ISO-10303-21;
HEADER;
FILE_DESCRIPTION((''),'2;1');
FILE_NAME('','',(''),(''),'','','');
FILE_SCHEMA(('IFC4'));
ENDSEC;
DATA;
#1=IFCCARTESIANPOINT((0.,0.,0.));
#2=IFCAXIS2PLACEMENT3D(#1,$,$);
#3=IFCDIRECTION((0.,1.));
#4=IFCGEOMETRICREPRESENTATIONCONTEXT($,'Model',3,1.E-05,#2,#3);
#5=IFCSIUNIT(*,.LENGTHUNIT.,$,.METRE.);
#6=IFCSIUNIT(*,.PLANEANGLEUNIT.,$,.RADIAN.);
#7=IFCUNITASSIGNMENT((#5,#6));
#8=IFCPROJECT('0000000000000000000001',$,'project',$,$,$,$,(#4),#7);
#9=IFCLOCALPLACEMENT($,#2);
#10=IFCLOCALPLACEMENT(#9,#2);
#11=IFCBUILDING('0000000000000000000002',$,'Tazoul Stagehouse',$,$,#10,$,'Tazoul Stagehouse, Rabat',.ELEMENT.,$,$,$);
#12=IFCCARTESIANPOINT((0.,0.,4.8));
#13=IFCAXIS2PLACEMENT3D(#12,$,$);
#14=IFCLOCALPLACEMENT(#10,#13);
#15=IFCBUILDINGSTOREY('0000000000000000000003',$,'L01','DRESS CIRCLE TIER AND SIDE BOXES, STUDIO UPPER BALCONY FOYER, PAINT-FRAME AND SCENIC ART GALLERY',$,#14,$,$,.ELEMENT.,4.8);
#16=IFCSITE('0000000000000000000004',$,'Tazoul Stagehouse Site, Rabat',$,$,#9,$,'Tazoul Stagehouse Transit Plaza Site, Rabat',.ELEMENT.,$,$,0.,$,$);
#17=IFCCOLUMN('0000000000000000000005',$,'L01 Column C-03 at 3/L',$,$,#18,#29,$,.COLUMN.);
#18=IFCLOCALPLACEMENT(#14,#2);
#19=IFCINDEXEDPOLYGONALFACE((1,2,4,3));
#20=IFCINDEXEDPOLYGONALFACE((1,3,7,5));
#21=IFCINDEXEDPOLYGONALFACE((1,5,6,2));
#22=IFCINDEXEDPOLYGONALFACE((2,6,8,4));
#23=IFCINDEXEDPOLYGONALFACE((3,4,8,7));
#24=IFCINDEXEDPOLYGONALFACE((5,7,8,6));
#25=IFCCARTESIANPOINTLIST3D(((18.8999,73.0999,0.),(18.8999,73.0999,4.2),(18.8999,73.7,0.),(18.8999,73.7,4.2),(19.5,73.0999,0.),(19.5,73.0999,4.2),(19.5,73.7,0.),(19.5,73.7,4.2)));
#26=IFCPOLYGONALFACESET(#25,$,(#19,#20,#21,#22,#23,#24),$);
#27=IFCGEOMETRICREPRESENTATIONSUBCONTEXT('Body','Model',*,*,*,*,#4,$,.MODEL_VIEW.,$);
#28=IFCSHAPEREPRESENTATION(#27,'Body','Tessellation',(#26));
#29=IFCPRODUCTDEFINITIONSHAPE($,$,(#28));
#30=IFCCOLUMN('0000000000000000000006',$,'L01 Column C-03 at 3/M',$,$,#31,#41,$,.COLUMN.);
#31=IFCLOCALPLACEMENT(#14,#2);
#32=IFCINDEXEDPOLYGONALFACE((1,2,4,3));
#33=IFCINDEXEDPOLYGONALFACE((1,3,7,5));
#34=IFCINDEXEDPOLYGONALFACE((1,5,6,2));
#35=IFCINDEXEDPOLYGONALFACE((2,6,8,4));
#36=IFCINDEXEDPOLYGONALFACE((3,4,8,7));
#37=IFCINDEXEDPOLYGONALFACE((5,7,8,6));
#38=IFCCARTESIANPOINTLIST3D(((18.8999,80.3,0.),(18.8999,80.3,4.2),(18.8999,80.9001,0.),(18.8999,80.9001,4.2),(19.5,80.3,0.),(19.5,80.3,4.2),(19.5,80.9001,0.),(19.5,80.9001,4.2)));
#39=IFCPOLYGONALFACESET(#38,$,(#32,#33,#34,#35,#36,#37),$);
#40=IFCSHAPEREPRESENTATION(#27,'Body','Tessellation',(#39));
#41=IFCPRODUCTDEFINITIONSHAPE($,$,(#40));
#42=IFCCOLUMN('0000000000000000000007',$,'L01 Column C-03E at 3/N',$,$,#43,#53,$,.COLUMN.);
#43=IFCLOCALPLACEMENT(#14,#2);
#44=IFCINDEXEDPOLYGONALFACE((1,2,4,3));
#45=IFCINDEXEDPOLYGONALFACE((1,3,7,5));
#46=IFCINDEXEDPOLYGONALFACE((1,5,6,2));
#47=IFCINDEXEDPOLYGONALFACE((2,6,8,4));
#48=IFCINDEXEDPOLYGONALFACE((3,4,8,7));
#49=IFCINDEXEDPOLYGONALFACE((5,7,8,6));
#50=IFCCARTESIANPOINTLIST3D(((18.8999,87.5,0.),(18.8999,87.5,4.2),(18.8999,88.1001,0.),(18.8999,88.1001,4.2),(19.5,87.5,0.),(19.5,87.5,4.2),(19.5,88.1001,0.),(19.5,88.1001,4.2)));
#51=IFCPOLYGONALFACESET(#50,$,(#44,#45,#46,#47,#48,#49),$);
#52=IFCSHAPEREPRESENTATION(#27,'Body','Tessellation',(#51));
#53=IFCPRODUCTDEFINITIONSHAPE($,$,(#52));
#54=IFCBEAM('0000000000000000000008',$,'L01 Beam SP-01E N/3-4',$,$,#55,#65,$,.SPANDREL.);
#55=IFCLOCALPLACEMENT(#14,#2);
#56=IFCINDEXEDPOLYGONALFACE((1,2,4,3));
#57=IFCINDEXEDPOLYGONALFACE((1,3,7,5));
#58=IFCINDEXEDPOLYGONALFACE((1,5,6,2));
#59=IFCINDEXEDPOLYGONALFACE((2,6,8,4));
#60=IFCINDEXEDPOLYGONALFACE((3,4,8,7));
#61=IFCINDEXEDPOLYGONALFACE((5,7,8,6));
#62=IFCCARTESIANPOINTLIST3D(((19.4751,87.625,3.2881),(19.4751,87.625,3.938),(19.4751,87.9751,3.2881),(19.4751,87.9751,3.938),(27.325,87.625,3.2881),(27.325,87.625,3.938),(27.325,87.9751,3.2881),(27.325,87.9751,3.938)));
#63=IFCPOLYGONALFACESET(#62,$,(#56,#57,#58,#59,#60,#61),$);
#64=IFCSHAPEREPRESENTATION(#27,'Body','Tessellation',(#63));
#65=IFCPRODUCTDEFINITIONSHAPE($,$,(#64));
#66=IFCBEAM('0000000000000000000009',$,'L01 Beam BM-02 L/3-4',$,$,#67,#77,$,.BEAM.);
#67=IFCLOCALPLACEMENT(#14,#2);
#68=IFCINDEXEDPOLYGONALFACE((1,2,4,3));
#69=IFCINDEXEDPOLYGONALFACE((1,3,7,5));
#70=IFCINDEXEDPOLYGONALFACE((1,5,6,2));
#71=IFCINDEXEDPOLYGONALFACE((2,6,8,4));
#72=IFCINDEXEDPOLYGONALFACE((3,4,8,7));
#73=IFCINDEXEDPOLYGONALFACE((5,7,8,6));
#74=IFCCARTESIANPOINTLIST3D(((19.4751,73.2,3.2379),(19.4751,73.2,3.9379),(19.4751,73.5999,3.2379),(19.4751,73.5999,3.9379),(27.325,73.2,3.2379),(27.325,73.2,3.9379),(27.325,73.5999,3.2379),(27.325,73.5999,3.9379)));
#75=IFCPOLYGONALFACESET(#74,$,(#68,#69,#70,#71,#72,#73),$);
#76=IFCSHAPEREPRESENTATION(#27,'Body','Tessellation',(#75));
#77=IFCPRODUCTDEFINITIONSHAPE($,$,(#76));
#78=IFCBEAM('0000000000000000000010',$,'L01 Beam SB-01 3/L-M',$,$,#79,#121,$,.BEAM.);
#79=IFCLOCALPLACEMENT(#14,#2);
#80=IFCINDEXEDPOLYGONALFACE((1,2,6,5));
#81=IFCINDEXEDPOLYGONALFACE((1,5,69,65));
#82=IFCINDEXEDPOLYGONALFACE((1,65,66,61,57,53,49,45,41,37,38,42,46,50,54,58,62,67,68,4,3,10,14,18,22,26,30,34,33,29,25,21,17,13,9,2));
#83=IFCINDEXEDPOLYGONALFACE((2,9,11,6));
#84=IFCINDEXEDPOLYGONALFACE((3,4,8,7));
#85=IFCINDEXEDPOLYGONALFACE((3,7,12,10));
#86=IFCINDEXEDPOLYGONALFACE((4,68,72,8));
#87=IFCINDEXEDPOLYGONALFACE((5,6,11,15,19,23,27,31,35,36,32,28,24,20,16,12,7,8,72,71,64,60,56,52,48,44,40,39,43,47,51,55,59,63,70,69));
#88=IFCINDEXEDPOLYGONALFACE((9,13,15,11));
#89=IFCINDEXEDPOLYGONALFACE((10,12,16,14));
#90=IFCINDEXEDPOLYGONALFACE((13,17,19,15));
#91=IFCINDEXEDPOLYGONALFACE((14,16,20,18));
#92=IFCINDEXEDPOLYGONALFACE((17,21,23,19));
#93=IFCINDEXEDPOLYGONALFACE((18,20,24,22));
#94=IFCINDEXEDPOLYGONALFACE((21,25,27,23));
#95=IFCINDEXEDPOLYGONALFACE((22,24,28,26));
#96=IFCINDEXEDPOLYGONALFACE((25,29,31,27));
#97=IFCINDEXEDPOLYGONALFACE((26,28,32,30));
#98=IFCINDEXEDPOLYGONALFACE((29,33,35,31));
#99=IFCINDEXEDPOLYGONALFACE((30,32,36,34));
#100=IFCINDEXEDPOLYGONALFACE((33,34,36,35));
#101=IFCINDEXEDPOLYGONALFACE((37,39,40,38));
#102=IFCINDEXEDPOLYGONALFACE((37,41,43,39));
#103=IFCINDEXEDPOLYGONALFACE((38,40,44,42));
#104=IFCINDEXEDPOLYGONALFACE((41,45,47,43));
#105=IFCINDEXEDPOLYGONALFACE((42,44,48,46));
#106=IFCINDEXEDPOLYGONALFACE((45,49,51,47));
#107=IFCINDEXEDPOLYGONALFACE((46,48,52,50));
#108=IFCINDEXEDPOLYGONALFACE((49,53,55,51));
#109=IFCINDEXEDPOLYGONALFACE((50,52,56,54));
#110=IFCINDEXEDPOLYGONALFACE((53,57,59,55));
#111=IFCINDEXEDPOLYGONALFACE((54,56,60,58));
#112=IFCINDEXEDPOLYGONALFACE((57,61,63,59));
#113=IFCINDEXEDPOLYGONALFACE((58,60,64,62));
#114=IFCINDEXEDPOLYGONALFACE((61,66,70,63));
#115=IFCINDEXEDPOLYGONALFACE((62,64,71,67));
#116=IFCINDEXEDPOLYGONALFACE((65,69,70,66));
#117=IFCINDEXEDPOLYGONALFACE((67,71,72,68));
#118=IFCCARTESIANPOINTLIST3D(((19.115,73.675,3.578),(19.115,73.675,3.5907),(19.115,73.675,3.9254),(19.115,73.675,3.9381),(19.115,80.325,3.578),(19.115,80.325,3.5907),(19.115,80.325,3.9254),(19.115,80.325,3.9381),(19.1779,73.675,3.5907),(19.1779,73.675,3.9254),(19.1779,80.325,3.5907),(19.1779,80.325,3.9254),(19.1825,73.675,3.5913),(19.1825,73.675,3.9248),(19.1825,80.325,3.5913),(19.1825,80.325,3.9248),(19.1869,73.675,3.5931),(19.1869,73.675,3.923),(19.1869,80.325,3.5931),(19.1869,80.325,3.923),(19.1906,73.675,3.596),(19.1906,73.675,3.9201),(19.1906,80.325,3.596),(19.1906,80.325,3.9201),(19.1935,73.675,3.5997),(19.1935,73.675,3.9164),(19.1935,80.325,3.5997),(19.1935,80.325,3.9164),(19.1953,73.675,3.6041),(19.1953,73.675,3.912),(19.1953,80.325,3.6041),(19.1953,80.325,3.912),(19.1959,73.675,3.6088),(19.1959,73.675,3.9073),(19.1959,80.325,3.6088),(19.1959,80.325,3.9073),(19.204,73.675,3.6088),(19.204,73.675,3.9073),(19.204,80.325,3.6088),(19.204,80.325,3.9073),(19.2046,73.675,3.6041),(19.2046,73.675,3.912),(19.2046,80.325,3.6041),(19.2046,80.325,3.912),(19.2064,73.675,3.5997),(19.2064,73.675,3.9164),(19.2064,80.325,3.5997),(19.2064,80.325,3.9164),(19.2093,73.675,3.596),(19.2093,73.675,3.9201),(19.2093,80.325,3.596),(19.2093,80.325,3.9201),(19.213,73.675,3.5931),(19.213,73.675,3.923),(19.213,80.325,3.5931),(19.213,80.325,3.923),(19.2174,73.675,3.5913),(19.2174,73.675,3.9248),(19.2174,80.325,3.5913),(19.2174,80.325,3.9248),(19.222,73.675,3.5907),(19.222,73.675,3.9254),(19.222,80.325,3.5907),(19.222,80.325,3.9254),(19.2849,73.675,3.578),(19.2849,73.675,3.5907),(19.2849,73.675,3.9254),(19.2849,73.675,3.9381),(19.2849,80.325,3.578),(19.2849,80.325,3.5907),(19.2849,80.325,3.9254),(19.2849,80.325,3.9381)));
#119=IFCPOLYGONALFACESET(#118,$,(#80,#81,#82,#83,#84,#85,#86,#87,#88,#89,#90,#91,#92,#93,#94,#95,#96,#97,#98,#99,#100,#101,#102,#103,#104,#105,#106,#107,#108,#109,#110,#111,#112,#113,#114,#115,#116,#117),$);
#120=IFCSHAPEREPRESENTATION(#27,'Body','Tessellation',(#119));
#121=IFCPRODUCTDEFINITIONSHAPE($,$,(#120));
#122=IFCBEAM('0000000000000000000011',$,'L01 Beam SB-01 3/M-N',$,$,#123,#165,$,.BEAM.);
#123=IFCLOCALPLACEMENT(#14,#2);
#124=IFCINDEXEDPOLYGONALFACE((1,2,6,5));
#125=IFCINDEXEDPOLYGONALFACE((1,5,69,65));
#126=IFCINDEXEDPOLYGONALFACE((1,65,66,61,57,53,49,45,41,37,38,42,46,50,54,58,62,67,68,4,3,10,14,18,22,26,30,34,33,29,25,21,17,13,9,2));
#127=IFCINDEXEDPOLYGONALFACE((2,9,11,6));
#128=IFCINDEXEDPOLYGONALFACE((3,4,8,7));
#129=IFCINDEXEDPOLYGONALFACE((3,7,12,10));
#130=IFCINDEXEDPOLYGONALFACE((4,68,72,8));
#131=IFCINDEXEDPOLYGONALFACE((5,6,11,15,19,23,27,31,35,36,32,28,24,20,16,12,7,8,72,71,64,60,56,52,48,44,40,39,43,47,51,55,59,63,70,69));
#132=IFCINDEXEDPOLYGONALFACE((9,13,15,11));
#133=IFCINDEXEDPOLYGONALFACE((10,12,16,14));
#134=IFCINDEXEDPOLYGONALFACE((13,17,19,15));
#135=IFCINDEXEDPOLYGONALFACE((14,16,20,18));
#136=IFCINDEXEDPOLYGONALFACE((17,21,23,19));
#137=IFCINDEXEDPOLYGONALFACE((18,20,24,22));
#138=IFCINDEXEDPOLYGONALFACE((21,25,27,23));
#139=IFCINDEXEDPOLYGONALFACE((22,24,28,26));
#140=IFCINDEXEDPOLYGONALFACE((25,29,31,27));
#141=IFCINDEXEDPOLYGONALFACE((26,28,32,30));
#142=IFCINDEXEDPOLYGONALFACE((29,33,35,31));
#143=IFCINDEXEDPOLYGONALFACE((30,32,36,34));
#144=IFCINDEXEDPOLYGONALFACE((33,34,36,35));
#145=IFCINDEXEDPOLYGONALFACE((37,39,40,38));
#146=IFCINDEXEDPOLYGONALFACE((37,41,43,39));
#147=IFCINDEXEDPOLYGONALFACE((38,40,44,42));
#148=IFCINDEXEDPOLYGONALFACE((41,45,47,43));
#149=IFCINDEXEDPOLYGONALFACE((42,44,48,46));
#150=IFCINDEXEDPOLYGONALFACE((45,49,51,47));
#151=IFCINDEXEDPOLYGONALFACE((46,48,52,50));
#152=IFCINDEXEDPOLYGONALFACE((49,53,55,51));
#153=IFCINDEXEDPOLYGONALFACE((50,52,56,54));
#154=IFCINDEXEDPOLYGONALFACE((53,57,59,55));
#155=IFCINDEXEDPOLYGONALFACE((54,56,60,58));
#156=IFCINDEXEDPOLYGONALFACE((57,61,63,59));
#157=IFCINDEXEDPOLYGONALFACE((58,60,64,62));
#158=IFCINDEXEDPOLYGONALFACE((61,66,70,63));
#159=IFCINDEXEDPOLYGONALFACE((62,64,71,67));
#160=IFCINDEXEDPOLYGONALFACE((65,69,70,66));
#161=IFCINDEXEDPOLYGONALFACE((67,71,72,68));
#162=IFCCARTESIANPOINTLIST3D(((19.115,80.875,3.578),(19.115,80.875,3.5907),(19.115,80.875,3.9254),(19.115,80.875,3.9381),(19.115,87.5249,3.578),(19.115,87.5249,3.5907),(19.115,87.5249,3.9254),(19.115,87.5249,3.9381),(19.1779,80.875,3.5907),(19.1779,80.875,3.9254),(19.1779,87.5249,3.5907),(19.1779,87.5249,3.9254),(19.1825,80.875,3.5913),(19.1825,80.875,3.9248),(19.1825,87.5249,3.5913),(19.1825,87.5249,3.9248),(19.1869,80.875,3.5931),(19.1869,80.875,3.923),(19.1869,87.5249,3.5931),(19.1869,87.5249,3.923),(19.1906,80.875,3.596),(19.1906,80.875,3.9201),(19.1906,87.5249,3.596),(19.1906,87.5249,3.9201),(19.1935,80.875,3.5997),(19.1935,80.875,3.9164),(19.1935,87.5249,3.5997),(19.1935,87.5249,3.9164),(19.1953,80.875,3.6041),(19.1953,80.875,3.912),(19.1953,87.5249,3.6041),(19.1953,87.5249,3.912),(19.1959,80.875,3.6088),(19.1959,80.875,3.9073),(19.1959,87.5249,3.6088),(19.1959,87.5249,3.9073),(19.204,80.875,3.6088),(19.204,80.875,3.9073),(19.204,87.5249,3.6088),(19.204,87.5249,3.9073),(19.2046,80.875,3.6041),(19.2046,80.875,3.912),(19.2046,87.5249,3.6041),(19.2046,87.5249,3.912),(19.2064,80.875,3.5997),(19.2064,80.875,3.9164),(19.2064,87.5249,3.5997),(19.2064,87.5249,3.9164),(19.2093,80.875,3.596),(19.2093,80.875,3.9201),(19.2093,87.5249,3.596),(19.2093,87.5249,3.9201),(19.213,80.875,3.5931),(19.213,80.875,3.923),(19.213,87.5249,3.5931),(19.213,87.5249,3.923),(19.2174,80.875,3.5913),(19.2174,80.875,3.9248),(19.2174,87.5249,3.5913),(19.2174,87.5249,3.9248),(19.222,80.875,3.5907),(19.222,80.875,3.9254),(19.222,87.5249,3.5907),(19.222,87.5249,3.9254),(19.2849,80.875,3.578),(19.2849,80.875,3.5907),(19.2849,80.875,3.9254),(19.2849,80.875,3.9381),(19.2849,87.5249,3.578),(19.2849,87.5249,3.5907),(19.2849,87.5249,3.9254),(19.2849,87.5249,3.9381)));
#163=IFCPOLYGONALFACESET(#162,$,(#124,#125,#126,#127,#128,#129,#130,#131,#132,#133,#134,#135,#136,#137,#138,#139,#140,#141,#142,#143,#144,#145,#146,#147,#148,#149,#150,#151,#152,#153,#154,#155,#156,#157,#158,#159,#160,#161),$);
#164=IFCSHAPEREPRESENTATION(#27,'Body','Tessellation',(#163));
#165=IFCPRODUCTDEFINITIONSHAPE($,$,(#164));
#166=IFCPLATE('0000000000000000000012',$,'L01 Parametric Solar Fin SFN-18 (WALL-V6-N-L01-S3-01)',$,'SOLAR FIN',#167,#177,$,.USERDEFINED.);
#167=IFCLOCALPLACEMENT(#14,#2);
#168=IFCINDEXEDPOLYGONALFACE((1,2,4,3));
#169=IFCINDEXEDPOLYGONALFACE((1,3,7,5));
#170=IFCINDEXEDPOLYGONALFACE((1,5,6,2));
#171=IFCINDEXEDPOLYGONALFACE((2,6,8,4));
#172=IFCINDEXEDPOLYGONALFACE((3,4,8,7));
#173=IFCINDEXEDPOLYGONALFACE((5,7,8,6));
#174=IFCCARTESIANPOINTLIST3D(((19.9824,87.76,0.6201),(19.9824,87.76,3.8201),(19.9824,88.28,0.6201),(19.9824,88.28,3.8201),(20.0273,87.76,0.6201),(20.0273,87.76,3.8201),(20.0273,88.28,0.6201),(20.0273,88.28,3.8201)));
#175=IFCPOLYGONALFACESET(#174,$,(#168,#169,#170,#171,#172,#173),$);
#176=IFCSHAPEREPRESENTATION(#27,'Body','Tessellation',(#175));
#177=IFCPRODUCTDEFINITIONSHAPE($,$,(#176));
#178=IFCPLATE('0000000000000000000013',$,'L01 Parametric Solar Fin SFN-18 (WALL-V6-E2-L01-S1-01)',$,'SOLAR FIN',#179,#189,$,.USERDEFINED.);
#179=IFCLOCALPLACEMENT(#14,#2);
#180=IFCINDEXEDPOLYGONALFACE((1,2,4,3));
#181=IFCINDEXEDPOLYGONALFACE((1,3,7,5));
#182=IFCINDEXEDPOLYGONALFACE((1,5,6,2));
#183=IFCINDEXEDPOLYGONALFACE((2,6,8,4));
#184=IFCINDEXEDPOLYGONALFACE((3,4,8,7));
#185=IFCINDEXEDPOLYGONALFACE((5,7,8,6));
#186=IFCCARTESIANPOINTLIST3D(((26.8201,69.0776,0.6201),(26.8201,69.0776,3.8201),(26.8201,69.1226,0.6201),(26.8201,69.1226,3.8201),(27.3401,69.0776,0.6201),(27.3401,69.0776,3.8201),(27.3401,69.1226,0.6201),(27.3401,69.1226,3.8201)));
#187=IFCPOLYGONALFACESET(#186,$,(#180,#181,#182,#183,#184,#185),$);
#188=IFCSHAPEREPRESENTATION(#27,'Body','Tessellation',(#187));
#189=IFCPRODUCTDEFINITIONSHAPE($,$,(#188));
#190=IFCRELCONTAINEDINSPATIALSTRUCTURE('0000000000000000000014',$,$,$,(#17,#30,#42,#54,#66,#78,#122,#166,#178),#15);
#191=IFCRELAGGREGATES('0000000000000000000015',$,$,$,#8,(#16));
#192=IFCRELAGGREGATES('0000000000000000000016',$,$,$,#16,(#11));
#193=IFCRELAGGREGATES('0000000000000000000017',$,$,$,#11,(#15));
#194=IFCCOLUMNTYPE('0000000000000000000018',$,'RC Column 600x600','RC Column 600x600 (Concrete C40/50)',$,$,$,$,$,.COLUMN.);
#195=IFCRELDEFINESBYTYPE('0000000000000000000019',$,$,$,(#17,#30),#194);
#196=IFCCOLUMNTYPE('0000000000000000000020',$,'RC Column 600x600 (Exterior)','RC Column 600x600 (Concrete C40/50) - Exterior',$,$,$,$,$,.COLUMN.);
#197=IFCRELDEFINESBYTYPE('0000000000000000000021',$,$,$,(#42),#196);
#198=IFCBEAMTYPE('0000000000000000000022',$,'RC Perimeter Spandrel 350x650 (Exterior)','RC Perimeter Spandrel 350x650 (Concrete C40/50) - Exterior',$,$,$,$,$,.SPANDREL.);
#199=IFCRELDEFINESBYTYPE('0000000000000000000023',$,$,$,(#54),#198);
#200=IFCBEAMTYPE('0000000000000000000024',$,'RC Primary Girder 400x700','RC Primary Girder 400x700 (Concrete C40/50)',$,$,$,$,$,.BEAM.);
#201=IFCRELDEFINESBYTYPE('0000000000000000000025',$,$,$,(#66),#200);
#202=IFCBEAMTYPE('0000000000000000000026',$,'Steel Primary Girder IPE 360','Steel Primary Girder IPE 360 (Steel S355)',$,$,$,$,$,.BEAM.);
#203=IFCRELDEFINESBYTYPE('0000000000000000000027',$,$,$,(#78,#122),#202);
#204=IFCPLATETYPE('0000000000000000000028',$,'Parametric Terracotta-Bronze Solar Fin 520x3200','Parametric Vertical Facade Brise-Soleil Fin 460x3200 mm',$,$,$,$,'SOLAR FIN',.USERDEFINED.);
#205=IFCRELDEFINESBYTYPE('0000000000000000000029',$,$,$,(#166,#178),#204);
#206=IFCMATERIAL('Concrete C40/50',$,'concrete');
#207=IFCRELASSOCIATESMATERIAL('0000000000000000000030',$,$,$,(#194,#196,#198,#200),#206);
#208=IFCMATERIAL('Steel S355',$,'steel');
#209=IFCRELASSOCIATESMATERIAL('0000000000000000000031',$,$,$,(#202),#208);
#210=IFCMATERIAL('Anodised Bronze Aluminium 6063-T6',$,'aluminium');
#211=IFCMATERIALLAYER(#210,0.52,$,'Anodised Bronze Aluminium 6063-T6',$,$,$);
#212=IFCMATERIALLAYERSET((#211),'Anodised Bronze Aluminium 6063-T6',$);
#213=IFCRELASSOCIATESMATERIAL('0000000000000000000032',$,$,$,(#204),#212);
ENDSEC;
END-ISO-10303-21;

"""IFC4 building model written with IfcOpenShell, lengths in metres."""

from ifc_helpers import new_model, si_unit, direction, frame, origin, origin_2d, place, context, subcontext, project, spatial, rectangle, i_section, extrude, material, layer, layer_set, material_profile, profile_set, type_object, element, save


model = new_model("IFC4")

# Units and contexts
model_context = context("Model", 3, precision=1e-05, world=origin(), true_north=direction((0.0, 1.0)))
body_context = subcontext(model_context, "Body", "Model", "MODEL_VIEW")
ifc_project = project(units=[si_unit("LENGTHUNIT", "METRE"), si_unit("PLANEANGLEUNIT", "RADIAN")], contexts=[model_context])

# Site, building, storey
site_placement = place(None, origin())
site = spatial("IfcSite", under=ifc_project, at=site_placement, Name="Tazoul Stagehouse Site, Rabat", LongName="Tazoul Stagehouse Transit Plaza Site, Rabat", CompositionType="ELEMENT", RefElevation=0.0)
building_placement = place(site_placement, origin())
building = spatial("IfcBuilding", under=site, at=building_placement, Name="Tazoul Stagehouse", LongName="Tazoul Stagehouse, Rabat", CompositionType="ELEMENT")
storey_placement = place(building_placement, frame((0.0, 0.0, 4.8)))
storey = spatial("IfcBuildingStorey", under=building, at=storey_placement, Name="L01", Description="DRESS CIRCLE TIER AND SIDE BOXES, STUDIO UPPER BALCONY FOYER, PAINT-FRAME AND SCENIC ART GALLERY", CompositionType="ELEMENT", Elevation=4.8)

# Columns
ifc_material_1 = material(Name="Concrete C40/50", Category="concrete")
ifc_material_profile_1 = material_profile(ifc_material_1, rectangle(XDim=0.6001, YDim=0.6001, at=origin_2d()), Name="RC 600x600")
ifc_profile_set_1 = profile_set([ifc_material_profile_1], Name="Concrete C40/50")
column_type_1 = type_object("IfcColumnType", Name="RC Column 600x600", Description="RC Column 600x600 (Concrete C40/50)", PredefinedType="COLUMN", material=ifc_profile_set_1)
for number, where, z_axis, x_axis, name in (
    (1, (19.2, 73.3999, 0.0), (0.0, 0.0, 1.0), (1.0, 0.0, 0.0), "L01 Column C-03 at 3/L"),
    (2, (19.2, 80.6001, 0.0), (0.0, 0.0, 1.0), (1.0, 0.0, 0.0), "L01 Column C-03 at 3/M"),
):
    element("IfcColumn", number, at=place(storey_placement, frame(where, z_axis=z_axis, x_axis=x_axis)), inside=storey, type_object=column_type_1, Name=name, PredefinedType="COLUMN", context=body_context, shape_type="SweptSolid", body=[
        extrude(rectangle(XDim=0.6001, YDim=0.6001, at=origin_2d()), origin(), (0.0, 0.0, 1.0), 4.2),
    ])
ifc_material_profile_2 = material_profile(ifc_material_1, rectangle(XDim=0.6001, YDim=0.6001, at=origin_2d()), Name="RC 600x600")
ifc_profile_set_2 = profile_set([ifc_material_profile_2], Name="Concrete C40/50")
column_type_2 = type_object("IfcColumnType", Name="RC Column 600x600 (Exterior)", Description="RC Column 600x600 (Concrete C40/50) - Exterior", PredefinedType="COLUMN", material=ifc_profile_set_2)
column_placement = place(storey_placement, frame((19.2, 87.8, 0.0), z_axis=(0.0, 0.0, 1.0), x_axis=(1.0, 0.0, 0.0)))
element("IfcColumn", 3, at=column_placement, inside=storey, type_object=column_type_2, Name="L01 Column C-03E at 3/N", PredefinedType="COLUMN", context=body_context, shape_type="SweptSolid", body=[
    extrude(rectangle(XDim=0.6001, YDim=0.6001, at=origin_2d()), origin(), (0.0, 0.0, 1.0), 4.2),
])

# Beams
ifc_material_profile_3 = material_profile(ifc_material_1, rectangle(XDim=0.3501, YDim=0.6499, at=origin_2d()), Name="RC 350x650")
ifc_profile_set_3 = profile_set([ifc_material_profile_3], Name="Concrete C40/50")
beam_type_1 = type_object("IfcBeamType", Name="RC Perimeter Spandrel 350x650 (Exterior)", Description="RC Perimeter Spandrel 350x650 (Concrete C40/50) - Exterior", PredefinedType="SPANDREL", material=ifc_profile_set_3)
beam_1_placement = place(storey_placement, frame((19.4751, 87.8, 3.613), z_axis=(1.0, 0.0, 0.0), x_axis=(0.0, 1.0, 0.0)))
element("IfcBeam", 4, at=beam_1_placement, inside=storey, type_object=beam_type_1, Name="L01 Beam SP-01E N/3-4", PredefinedType="SPANDREL", context=body_context, shape_type="SweptSolid", body=[
    extrude(rectangle(XDim=0.3501, YDim=0.6499, at=origin_2d()), origin(), (0.0, 0.0, 1.0), 7.8499),
])
ifc_material_profile_4 = material_profile(ifc_material_1, rectangle(XDim=0.3999, YDim=0.7, at=origin_2d()), Name="RC 400x700")
ifc_profile_set_4 = profile_set([ifc_material_profile_4], Name="Concrete C40/50")
beam_type_2 = type_object("IfcBeamType", Name="RC Primary Girder 400x700", Description="RC Primary Girder 400x700 (Concrete C40/50)", PredefinedType="BEAM", material=ifc_profile_set_4)
beam_2_placement = place(storey_placement, frame((19.4751, 73.3999, 3.5879), z_axis=(1.0, 0.0, 0.0), x_axis=(0.0, 1.0, 0.0)))
element("IfcBeam", 5, at=beam_2_placement, inside=storey, type_object=beam_type_2, Name="L01 Beam BM-02 L/3-4", PredefinedType="BEAM", context=body_context, shape_type="SweptSolid", body=[
    extrude(rectangle(XDim=0.3999, YDim=0.7, at=origin_2d()), origin(), (0.0, 0.0, 1.0), 7.8499),
])
ifc_material_2 = material(Name="Steel S355", Category="steel")
ifc_material_profile_5 = material_profile(ifc_material_2, i_section(OverallWidth=0.1699, OverallDepth=0.3601, WebThickness=0.0081, FlangeThickness=0.0127, FilletRadius=0.0181, at=origin_2d()), Name="IPE 360")
ifc_profile_set_5 = profile_set([ifc_material_profile_5], Name="Steel S355")
beam_type_3 = type_object("IfcBeamType", Name="Steel Primary Girder IPE 360", Description="Steel Primary Girder IPE 360 (Steel S355)", PredefinedType="BEAM", material=ifc_profile_set_5)
for number, where, z_axis, x_axis, name in (
    (6, (19.2, 73.675, 3.7581), (0.0, 1.0, 0.0), (-1.0, 0.0, 0.0), "L01 Beam SB-01 3/L-M"),
    (7, (19.2, 80.875, 3.7581), (0.0, 1.0, 0.0), (-1.0, 0.0, 0.0), "L01 Beam SB-01 3/M-N"),
):
    element("IfcBeam", number, at=place(storey_placement, frame(where, z_axis=z_axis, x_axis=x_axis)), inside=storey, type_object=beam_type_3, Name=name, PredefinedType="BEAM", context=body_context, shape_type="SweptSolid", body=[
        extrude(i_section(OverallWidth=0.1699, OverallDepth=0.3601, WebThickness=0.0081, FlangeThickness=0.0127, FilletRadius=0.0181, at=origin_2d()), origin(), (0.0, 0.0, 1.0), 6.6499),
    ])

# Plates
ifc_material_3 = material(Name="Anodised Bronze Aluminium 6063-T6", Category="aluminium")
ifc_layer_1 = layer(ifc_material_3, 0.52, Name="Anodised Bronze Aluminium 6063-T6")
ifc_layer_set_1 = layer_set([ifc_layer_1], Name="Anodised Bronze Aluminium 6063-T6")
plate_type_1 = type_object("IfcPlateType", Name="Parametric Terracotta-Bronze Solar Fin 520x3200", Description="Parametric Vertical Facade Brise-Soleil Fin 460x3200 mm", ElementType="SOLAR FIN", PredefinedType="USERDEFINED", material=ifc_layer_set_1)
for number, where, z_axis, x_axis, name in (
    (8, (20.0049, 88.02, 0.6201), (0.0, 0.0, 1.0), (1.0, 0.0, 0.0), "L01 Parametric Solar Fin SFN-18 (WALL-V6-N-L01-S3-01)"),
    (9, (27.0801, 69.1001, 0.6201), (0.0, 0.0, 1.0), (0.0, 1.0, 0.0), "L01 Parametric Solar Fin SFN-18 (WALL-V6-E2-L01-S1-01)"),
):
    element("IfcPlate", number, at=place(storey_placement, frame(where, z_axis=z_axis, x_axis=x_axis)), inside=storey, type_object=plate_type_1, Name=name, ObjectType="SOLAR FIN", PredefinedType="USERDEFINED", context=body_context, shape_type="SweptSolid", body=[
        extrude(rectangle(XDim=0.0449, YDim=0.52, at=origin_2d()), origin(), (0.0, 0.0, 1.0), 3.2),
    ])

save(model, "model.ifc")
